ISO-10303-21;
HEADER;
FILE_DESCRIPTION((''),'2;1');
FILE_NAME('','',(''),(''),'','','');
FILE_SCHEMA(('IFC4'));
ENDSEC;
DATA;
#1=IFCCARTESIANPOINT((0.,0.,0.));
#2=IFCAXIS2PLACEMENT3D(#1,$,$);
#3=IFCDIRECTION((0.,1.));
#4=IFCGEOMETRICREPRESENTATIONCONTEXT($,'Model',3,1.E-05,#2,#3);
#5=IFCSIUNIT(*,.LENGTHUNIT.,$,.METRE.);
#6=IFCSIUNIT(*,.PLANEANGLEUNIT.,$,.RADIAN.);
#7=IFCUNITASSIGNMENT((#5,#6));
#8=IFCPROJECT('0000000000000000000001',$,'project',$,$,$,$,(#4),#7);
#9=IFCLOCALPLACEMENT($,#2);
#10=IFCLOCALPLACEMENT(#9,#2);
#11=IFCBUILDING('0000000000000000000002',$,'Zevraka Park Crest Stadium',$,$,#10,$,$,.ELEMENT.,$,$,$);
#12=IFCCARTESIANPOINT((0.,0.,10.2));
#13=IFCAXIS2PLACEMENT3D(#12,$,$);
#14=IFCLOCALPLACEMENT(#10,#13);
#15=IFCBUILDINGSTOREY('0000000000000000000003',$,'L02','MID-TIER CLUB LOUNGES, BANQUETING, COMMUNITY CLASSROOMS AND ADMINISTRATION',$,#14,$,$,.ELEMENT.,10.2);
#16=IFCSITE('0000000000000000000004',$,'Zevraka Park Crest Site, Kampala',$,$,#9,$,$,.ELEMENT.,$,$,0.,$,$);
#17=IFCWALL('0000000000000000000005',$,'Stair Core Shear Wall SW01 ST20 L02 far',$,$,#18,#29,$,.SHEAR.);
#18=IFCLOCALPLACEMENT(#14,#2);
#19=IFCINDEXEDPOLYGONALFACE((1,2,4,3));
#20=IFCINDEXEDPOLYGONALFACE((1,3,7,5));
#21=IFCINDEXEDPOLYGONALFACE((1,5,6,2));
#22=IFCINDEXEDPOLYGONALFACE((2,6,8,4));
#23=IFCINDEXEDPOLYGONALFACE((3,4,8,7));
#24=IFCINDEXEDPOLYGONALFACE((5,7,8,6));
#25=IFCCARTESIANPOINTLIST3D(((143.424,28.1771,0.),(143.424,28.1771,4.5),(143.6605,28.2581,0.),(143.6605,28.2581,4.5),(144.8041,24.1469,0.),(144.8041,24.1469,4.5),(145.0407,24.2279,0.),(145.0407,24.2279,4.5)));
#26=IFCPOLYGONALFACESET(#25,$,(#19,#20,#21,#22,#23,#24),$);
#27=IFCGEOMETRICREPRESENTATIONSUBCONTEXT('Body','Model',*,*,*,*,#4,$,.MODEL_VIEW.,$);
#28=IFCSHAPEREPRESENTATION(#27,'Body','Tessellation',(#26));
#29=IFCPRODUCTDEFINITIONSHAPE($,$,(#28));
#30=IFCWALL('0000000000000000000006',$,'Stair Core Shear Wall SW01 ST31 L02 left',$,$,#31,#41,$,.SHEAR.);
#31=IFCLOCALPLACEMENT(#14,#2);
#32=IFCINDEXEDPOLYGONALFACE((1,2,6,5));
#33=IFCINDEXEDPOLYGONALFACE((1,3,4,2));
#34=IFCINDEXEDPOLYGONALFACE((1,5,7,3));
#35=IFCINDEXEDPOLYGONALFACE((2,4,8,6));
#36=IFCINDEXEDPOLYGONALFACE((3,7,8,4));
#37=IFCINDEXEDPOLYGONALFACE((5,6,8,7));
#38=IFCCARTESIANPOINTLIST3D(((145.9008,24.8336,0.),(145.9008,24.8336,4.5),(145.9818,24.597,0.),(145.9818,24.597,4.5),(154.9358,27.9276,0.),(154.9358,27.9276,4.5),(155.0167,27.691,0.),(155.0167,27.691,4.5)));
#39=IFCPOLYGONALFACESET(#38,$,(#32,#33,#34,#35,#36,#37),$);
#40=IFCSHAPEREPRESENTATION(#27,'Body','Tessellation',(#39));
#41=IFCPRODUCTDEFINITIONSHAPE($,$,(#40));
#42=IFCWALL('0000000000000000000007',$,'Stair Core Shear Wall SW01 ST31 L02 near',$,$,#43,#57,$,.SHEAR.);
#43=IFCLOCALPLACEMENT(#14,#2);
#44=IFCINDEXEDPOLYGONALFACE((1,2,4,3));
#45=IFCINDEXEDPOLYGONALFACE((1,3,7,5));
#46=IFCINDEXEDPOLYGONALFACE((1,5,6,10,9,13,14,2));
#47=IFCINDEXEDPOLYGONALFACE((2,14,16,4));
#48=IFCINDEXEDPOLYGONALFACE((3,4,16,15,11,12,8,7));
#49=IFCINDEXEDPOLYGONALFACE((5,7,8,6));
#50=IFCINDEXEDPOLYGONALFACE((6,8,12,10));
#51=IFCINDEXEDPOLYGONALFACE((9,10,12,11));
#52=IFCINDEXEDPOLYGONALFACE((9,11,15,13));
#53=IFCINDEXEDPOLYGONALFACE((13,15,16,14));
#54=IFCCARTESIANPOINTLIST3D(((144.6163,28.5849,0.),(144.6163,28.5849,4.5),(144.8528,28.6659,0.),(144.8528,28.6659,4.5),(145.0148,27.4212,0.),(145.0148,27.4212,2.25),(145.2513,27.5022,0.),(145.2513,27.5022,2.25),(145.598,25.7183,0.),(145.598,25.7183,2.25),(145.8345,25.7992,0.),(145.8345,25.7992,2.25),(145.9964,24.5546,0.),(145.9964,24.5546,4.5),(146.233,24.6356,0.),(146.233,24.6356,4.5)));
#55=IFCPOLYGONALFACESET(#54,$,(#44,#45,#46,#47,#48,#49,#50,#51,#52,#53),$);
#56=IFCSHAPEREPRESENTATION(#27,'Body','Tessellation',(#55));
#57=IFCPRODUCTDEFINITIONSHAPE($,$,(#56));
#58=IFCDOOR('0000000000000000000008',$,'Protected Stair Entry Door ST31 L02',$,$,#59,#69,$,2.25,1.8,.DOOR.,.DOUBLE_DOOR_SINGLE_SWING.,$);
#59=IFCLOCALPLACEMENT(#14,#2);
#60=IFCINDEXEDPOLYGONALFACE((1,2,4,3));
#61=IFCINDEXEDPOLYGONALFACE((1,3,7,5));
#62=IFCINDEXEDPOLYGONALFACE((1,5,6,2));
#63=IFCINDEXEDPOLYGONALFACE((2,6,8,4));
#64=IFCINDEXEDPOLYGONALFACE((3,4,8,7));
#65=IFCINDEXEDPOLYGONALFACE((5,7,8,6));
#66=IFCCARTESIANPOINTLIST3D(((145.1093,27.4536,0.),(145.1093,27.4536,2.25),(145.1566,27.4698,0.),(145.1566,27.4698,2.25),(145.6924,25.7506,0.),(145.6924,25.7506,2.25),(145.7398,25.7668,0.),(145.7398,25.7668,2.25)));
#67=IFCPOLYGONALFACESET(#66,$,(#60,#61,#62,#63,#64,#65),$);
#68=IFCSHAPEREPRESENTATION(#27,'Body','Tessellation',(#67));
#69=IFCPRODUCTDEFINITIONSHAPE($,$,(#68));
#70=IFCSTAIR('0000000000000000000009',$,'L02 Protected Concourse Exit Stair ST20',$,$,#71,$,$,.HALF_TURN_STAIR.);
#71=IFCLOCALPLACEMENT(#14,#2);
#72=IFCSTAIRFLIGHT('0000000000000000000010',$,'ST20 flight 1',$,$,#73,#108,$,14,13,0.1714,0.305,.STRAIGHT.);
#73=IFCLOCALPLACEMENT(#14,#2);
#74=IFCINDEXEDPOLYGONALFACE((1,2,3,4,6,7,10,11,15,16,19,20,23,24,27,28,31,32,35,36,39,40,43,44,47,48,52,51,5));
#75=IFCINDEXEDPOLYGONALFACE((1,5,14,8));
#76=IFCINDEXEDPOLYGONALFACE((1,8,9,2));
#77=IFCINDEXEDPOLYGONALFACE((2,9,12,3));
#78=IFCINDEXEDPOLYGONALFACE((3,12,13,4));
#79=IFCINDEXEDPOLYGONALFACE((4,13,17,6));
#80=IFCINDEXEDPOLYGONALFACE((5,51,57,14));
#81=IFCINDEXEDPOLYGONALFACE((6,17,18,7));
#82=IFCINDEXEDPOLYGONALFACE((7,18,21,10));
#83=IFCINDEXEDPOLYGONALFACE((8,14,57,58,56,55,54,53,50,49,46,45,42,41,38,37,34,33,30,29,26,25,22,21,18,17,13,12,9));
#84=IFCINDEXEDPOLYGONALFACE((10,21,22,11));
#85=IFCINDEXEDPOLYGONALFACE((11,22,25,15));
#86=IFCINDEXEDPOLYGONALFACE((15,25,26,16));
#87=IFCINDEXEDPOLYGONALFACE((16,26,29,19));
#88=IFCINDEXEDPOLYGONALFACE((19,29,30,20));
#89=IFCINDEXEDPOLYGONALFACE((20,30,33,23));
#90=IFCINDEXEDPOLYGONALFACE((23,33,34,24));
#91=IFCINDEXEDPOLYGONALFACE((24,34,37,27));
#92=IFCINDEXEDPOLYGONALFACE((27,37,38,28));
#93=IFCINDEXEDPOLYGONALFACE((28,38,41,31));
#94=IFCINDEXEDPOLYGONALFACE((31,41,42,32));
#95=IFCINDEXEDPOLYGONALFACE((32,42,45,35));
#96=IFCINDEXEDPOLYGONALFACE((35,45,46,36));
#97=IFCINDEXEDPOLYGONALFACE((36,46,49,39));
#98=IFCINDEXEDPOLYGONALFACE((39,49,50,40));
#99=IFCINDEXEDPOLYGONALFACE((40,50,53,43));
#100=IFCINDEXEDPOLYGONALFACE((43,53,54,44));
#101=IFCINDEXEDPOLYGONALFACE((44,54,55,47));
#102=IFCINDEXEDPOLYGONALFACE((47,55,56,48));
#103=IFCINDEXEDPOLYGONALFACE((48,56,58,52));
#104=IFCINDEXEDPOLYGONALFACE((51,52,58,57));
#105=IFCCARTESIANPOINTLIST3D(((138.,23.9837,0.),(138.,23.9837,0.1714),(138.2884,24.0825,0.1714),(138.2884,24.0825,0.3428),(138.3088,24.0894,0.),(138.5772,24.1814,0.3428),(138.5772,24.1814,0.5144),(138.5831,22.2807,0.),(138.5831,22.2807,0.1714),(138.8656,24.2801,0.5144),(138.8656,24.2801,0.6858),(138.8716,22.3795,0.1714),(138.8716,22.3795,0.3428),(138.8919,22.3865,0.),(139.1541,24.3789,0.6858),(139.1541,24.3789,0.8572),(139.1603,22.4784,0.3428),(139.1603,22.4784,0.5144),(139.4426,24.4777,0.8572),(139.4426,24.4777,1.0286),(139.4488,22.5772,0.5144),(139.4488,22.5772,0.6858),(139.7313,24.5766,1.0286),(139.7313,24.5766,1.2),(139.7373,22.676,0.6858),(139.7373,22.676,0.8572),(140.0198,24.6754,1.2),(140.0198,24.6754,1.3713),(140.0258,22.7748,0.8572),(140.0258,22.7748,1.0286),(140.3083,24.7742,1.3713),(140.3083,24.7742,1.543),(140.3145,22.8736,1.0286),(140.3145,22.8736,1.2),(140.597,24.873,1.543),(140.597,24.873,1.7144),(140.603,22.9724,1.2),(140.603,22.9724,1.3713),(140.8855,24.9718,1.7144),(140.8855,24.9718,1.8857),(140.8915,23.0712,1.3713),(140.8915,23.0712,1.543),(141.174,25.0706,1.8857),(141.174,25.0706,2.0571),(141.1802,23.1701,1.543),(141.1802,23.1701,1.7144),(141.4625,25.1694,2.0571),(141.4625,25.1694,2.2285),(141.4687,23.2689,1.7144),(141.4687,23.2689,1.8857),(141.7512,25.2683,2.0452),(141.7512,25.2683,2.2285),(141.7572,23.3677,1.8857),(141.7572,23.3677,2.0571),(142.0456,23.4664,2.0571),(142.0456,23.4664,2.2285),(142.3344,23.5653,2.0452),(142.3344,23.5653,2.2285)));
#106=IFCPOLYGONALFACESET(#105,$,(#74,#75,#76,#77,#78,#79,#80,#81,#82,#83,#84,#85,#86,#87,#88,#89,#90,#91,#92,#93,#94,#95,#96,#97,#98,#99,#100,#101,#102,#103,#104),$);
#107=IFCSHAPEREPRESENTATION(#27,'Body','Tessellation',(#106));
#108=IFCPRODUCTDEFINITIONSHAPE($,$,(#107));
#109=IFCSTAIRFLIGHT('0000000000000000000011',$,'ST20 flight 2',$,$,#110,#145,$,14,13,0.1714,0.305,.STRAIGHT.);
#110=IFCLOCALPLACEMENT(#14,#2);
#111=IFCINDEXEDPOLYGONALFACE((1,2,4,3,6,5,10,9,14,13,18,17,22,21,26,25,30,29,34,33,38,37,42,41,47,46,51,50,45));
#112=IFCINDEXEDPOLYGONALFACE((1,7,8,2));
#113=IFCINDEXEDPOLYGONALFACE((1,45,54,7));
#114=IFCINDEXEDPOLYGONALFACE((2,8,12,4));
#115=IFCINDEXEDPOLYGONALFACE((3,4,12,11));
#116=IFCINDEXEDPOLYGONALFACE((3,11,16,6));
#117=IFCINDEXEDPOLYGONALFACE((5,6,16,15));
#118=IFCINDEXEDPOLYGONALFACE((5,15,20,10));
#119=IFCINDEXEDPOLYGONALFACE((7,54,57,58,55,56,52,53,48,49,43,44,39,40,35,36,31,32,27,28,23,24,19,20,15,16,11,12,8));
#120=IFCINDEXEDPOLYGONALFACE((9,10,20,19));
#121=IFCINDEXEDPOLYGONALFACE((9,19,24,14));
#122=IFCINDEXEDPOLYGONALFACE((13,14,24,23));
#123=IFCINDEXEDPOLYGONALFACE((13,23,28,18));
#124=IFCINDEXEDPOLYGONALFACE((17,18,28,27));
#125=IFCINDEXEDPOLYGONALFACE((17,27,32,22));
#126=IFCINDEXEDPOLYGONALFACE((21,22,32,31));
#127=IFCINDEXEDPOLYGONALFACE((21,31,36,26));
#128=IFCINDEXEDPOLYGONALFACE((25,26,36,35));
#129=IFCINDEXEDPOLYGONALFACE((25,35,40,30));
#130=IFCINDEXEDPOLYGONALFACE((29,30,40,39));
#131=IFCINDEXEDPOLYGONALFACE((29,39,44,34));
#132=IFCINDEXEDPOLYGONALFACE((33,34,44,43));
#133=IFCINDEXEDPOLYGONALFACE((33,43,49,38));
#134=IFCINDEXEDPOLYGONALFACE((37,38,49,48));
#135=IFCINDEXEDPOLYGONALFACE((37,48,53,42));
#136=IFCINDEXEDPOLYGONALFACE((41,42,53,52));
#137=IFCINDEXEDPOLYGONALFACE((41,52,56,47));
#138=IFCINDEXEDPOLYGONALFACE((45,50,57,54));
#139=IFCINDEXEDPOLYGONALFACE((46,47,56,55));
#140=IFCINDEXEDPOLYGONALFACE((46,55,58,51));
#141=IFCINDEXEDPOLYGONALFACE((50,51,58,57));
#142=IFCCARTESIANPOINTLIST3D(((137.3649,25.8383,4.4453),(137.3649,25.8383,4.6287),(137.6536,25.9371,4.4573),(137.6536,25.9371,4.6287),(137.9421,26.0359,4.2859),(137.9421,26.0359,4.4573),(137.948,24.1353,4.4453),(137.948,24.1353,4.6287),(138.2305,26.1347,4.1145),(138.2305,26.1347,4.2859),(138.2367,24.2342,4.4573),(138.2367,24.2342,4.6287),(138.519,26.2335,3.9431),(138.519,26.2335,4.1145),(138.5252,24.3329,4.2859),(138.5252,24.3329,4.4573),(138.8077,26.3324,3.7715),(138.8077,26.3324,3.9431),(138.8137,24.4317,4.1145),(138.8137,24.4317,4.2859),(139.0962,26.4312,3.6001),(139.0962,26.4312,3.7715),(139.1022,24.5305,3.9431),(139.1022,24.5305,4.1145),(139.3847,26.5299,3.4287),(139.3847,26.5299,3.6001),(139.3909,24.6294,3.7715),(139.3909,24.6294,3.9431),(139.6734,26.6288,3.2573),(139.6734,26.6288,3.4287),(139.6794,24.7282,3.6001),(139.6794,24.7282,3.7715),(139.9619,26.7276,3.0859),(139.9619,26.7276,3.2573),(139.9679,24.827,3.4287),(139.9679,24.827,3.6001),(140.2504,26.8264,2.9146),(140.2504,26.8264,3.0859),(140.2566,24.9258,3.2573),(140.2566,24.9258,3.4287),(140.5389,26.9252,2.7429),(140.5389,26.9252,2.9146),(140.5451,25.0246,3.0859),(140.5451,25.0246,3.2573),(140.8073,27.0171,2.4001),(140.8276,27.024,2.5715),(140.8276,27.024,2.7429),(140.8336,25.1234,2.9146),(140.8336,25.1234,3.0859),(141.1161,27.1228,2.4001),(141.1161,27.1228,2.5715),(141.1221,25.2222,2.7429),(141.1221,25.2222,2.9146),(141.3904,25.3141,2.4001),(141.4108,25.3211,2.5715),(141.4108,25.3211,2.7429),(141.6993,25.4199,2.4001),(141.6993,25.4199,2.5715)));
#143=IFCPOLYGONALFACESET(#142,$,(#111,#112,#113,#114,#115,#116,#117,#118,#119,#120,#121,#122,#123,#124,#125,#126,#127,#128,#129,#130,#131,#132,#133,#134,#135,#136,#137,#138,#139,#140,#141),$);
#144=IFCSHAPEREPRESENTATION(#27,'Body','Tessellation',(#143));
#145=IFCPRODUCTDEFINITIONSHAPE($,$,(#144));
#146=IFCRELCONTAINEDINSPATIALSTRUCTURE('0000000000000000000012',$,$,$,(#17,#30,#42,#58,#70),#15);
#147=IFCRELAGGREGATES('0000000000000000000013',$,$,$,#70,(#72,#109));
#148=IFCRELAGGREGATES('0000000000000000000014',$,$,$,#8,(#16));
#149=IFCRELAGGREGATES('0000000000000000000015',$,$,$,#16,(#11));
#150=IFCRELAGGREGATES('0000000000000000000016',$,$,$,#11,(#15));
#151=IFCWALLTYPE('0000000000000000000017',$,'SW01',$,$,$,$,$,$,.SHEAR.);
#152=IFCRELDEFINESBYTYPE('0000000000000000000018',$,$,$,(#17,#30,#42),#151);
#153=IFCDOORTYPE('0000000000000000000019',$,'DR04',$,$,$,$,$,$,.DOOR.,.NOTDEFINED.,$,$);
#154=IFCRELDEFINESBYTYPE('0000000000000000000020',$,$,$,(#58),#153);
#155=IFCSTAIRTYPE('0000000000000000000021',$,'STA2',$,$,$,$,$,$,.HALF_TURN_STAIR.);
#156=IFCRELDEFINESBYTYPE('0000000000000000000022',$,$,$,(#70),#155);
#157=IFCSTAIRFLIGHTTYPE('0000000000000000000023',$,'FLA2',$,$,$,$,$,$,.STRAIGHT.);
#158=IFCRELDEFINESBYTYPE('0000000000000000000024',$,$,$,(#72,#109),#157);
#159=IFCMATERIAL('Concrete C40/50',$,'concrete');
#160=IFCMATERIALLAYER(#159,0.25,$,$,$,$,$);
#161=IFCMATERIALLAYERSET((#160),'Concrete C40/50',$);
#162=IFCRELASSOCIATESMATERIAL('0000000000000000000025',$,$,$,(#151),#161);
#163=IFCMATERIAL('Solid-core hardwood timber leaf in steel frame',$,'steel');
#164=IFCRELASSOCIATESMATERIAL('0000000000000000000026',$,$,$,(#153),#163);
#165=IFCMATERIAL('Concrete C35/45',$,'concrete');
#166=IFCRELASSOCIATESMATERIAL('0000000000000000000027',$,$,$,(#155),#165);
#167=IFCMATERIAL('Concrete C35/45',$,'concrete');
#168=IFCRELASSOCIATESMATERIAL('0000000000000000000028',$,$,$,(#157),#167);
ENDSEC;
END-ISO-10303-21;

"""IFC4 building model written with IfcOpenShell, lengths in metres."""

from ifc_helpers import new_model, si_unit, direction, frame, frame_2d, origin, place, context, subcontext, project, spatial, polyline, rectangle, outline, extrude, material, layer, layer_set, type_object, element, fill, aggregate, save


model = new_model("IFC4")

# Units and contexts
model_context = context("Model", 3, precision=1e-05, world=origin(), true_north=direction((0.0, 1.0)))
body_context = subcontext(model_context, "Body", "Model", "MODEL_VIEW")
ifc_project = project(units=[si_unit("LENGTHUNIT", "METRE"), si_unit("PLANEANGLEUNIT", "RADIAN")], contexts=[model_context])

# Site, building, storey
site_placement = place(None, origin())
site = spatial("IfcSite", under=ifc_project, at=site_placement, Name="Zevraka Park Crest Site, Kampala", CompositionType="ELEMENT", RefElevation=0.0)
building_placement = place(site_placement, origin())
building = spatial("IfcBuilding", under=site, at=building_placement, Name="Zevraka Park Crest Stadium", CompositionType="ELEMENT")
storey_placement = place(building_placement, frame((0.0, 0.0, 10.2)))
storey = spatial("IfcBuildingStorey", under=building, at=storey_placement, Name="L02", Description="MID-TIER CLUB LOUNGES, BANQUETING, COMMUNITY CLASSROOMS AND ADMINISTRATION", CompositionType="ELEMENT", Elevation=10.2)

# Walls
ifc_material_1 = material(Name="Concrete C40/50", Category="concrete")
ifc_layer_1 = layer(ifc_material_1, 0.25)
ifc_layer_set_1 = layer_set([ifc_layer_1], Name="Concrete C40/50")
wall_type_1 = type_object("IfcWallType", Name="SW01", PredefinedType="SHEAR", material=ifc_layer_set_1)
wall_1_placement = place(storey_placement, frame((144.9224, 24.1875, 0.0), z_axis=(0.0, 0.0, 1.0), x_axis=(-0.323971, 0.946067, 0.0)))
element("IfcWall", 1, at=wall_1_placement, inside=storey, type_object=wall_type_1, Name="Stair Core Shear Wall SW01 ST20 L02 far", PredefinedType="SHEAR", context=body_context, shape_type="SweptSolid", body=[
    extrude(rectangle(XDim=4.26, YDim=0.25, at=frame_2d((2.1299, 0.0))), origin(), (0.0, 0.0, 1.0), 4.5),
])
wall_2_placement = place(storey_placement, frame((145.9414, 24.7153, 0.0), z_axis=(0.0, 0.0, 1.0), x_axis=(0.946064, 0.323979, 0.0)))
element("IfcWall", 2, at=wall_2_placement, inside=storey, type_object=wall_type_1, Name="Stair Core Shear Wall SW01 ST31 L02 left", PredefinedType="SHEAR", context=body_context, shape_type="SweptSolid", body=[
    extrude(rectangle(XDim=9.55, YDim=0.25, at=frame_2d((4.7749, 0.0))), origin(), (0.0, 0.0, 1.0), 4.5),
])

# Wall, opening, door
wall_3_placement = place(storey_placement, frame((144.7346, 28.6252, 0.0), z_axis=(0.0, 0.0, 1.0), x_axis=(0.323971, -0.946067, 0.0)))
wall_3 = element("IfcWall", 3, at=wall_3_placement, inside=storey, type_object=wall_type_1, Name="Stair Core Shear Wall SW01 ST31 L02 near", PredefinedType="SHEAR", context=body_context, shape_type="SweptSolid", body=[
    extrude(rectangle(XDim=4.26, YDim=0.25, at=frame_2d((2.1299, 0.0))), origin(), (0.0, 0.0, 1.0), 4.5),
])
opening_1_placement = place(wall_3_placement, frame((1.23, 0.0, 0.0)))
opening_1 = element("IfcOpeningElement", 4, at=opening_1_placement, cuts=wall_3, PredefinedType="OPENING", context=body_context, shape_type="SweptSolid", body=[
    extrude(rectangle(XDim=1.8, YDim=2.25, at=frame_2d((0.8999, 1.125))), frame((0.0, 0.135, 0.0), z_axis=(0.0, -1.0, 0.0), x_axis=(1.0, 0.0, 0.0)), (0.0, 0.0, 1.0), 0.27),
])
ifc_material_2 = material(Name="Solid-core hardwood timber leaf in steel frame", Category="steel")
door_type_1 = type_object("IfcDoorType", Name="DR04", OperationType="NOTDEFINED", PredefinedType="DOOR", material=ifc_material_2)
door_1_placement = place(opening_1_placement, origin())
door_1 = element("IfcDoor", 5, at=door_1_placement, inside=storey, type_object=door_type_1, Name="Protected Stair Entry Door ST31 L02", OperationType="DOUBLE_DOOR_SINGLE_SWING", OverallHeight=2.25, OverallWidth=1.8, PredefinedType="DOOR", context=body_context, shape_type="SweptSolid", body=[
    extrude(rectangle(XDim=1.8, YDim=2.25, at=frame_2d((0.8999, 1.125))), frame((0.0, 0.0249, 0.0), z_axis=(0.0, -1.0, 0.0), x_axis=(1.0, 0.0, 0.0)), (0.0, 0.0, 1.0), 0.05),
])
fill(opening_1, door_1)

# Stair, stair flights
ifc_material_3 = material(Name="Concrete C35/45", Category="concrete")
stair_type = type_object("IfcStairType", Name="STA2", PredefinedType="HALF_TURN_STAIR", material=ifc_material_3)
stair_placement = place(storey_placement, origin())
stair = element("IfcStair", 6, at=stair_placement, inside=storey, type_object=stair_type, Name="L02 Protected Concourse Exit Stair ST20", PredefinedType="HALF_TURN_STAIR")
ifc_material_4 = material(Name="Concrete C35/45", Category="concrete")
stair_flight_type = type_object("IfcStairFlightType", Name="FLA2", PredefinedType="STRAIGHT", material=ifc_material_4)
stair_flight_1_placement = place(storey_placement, frame((138.2915, 23.1323, 0.0), z_axis=(0.0, 0.0, 1.0), x_axis=(0.946066, 0.323974, 0.0)))
stair_flight_1 = element("IfcStairFlight", 7, at=stair_flight_1_placement, type_object=stair_flight_type, Name="ST20 flight 1", NumberOfRisers=14, NumberOfTreads=13, PredefinedType="STRAIGHT", RiserHeight=0.1714, TreadLength=0.305, context=body_context, shape_type="SweptSolid", body=[
    extrude(outline(polyline([(0.0, 0.0), (0.0, 0.1714), (0.3049, 0.1714), (0.3049, 0.3428), (0.6101, 0.3428), (0.6101, 0.5144), (0.915, 0.5144), (0.915, 0.6858), (1.22, 0.6858), (1.22, 0.8572), (1.5249, 0.8572), (1.5249, 1.0286), (1.8301, 1.0286), (1.8301, 1.2), (2.135, 1.2), (2.135, 1.3713), (2.4399, 1.3713), (2.4399, 1.543), (2.7451, 1.543), (2.7451, 1.7144), (3.05, 1.7144), (3.05, 1.8857), (3.355, 1.8857), (3.355, 2.0571), (3.6599, 2.0571), (3.6599, 2.2285), (3.9651, 2.2285), (3.9651, 2.3999), (3.9651, 2.0452), (0.3264, 0.0), (0.0, 0.0)])), frame((0.0, 0.8999, 0.0), z_axis=(0.0, -1.0, 0.0), x_axis=(1.0, 0.0, 0.0)), (0.0, 0.0, 1.0), 1.8),
])
stair_flight_2_placement = place(storey_placement, frame((141.4077, 26.2712, 2.4001), z_axis=(0.0, 0.0, 1.0), x_axis=(-0.946066, -0.323974, 0.0)))
stair_flight_2 = element("IfcStairFlight", 8, at=stair_flight_2_placement, type_object=stair_flight_type, Name="ST20 flight 2", NumberOfRisers=14, NumberOfTreads=13, PredefinedType="STRAIGHT", RiserHeight=0.1714, TreadLength=0.305, context=body_context, shape_type="SweptSolid", body=[
    extrude(outline(polyline([(0.0, 0.0), (0.0, 0.1714), (0.3049, 0.1714), (0.3049, 0.3428), (0.6101, 0.3428), (0.6101, 0.5144), (0.915, 0.5144), (0.915, 0.6858), (1.22, 0.6858), (1.22, 0.8572), (1.5249, 0.8572), (1.5249, 1.0286), (1.8301, 1.0286), (1.8301, 1.2), (2.135, 1.2), (2.135, 1.3713), (2.4399, 1.3713), (2.4399, 1.543), (2.7451, 1.543), (2.7451, 1.7144), (3.05, 1.7144), (3.05, 1.8857), (3.355, 1.8857), (3.355, 2.0571), (3.6599, 2.0571), (3.6599, 2.2285), (3.9651, 2.2285), (3.9651, 2.3999), (3.9651, 2.0452), (0.3264, 0.0), (0.0, 0.0)])), frame((0.0, 0.8999, 0.0), z_axis=(0.0, -1.0, 0.0), x_axis=(1.0, 0.0, 0.0)), (0.0, 0.0, 1.0), 1.8),
])
aggregate(stair, [stair_flight_1, stair_flight_2])

save(model, "model.ifc")
